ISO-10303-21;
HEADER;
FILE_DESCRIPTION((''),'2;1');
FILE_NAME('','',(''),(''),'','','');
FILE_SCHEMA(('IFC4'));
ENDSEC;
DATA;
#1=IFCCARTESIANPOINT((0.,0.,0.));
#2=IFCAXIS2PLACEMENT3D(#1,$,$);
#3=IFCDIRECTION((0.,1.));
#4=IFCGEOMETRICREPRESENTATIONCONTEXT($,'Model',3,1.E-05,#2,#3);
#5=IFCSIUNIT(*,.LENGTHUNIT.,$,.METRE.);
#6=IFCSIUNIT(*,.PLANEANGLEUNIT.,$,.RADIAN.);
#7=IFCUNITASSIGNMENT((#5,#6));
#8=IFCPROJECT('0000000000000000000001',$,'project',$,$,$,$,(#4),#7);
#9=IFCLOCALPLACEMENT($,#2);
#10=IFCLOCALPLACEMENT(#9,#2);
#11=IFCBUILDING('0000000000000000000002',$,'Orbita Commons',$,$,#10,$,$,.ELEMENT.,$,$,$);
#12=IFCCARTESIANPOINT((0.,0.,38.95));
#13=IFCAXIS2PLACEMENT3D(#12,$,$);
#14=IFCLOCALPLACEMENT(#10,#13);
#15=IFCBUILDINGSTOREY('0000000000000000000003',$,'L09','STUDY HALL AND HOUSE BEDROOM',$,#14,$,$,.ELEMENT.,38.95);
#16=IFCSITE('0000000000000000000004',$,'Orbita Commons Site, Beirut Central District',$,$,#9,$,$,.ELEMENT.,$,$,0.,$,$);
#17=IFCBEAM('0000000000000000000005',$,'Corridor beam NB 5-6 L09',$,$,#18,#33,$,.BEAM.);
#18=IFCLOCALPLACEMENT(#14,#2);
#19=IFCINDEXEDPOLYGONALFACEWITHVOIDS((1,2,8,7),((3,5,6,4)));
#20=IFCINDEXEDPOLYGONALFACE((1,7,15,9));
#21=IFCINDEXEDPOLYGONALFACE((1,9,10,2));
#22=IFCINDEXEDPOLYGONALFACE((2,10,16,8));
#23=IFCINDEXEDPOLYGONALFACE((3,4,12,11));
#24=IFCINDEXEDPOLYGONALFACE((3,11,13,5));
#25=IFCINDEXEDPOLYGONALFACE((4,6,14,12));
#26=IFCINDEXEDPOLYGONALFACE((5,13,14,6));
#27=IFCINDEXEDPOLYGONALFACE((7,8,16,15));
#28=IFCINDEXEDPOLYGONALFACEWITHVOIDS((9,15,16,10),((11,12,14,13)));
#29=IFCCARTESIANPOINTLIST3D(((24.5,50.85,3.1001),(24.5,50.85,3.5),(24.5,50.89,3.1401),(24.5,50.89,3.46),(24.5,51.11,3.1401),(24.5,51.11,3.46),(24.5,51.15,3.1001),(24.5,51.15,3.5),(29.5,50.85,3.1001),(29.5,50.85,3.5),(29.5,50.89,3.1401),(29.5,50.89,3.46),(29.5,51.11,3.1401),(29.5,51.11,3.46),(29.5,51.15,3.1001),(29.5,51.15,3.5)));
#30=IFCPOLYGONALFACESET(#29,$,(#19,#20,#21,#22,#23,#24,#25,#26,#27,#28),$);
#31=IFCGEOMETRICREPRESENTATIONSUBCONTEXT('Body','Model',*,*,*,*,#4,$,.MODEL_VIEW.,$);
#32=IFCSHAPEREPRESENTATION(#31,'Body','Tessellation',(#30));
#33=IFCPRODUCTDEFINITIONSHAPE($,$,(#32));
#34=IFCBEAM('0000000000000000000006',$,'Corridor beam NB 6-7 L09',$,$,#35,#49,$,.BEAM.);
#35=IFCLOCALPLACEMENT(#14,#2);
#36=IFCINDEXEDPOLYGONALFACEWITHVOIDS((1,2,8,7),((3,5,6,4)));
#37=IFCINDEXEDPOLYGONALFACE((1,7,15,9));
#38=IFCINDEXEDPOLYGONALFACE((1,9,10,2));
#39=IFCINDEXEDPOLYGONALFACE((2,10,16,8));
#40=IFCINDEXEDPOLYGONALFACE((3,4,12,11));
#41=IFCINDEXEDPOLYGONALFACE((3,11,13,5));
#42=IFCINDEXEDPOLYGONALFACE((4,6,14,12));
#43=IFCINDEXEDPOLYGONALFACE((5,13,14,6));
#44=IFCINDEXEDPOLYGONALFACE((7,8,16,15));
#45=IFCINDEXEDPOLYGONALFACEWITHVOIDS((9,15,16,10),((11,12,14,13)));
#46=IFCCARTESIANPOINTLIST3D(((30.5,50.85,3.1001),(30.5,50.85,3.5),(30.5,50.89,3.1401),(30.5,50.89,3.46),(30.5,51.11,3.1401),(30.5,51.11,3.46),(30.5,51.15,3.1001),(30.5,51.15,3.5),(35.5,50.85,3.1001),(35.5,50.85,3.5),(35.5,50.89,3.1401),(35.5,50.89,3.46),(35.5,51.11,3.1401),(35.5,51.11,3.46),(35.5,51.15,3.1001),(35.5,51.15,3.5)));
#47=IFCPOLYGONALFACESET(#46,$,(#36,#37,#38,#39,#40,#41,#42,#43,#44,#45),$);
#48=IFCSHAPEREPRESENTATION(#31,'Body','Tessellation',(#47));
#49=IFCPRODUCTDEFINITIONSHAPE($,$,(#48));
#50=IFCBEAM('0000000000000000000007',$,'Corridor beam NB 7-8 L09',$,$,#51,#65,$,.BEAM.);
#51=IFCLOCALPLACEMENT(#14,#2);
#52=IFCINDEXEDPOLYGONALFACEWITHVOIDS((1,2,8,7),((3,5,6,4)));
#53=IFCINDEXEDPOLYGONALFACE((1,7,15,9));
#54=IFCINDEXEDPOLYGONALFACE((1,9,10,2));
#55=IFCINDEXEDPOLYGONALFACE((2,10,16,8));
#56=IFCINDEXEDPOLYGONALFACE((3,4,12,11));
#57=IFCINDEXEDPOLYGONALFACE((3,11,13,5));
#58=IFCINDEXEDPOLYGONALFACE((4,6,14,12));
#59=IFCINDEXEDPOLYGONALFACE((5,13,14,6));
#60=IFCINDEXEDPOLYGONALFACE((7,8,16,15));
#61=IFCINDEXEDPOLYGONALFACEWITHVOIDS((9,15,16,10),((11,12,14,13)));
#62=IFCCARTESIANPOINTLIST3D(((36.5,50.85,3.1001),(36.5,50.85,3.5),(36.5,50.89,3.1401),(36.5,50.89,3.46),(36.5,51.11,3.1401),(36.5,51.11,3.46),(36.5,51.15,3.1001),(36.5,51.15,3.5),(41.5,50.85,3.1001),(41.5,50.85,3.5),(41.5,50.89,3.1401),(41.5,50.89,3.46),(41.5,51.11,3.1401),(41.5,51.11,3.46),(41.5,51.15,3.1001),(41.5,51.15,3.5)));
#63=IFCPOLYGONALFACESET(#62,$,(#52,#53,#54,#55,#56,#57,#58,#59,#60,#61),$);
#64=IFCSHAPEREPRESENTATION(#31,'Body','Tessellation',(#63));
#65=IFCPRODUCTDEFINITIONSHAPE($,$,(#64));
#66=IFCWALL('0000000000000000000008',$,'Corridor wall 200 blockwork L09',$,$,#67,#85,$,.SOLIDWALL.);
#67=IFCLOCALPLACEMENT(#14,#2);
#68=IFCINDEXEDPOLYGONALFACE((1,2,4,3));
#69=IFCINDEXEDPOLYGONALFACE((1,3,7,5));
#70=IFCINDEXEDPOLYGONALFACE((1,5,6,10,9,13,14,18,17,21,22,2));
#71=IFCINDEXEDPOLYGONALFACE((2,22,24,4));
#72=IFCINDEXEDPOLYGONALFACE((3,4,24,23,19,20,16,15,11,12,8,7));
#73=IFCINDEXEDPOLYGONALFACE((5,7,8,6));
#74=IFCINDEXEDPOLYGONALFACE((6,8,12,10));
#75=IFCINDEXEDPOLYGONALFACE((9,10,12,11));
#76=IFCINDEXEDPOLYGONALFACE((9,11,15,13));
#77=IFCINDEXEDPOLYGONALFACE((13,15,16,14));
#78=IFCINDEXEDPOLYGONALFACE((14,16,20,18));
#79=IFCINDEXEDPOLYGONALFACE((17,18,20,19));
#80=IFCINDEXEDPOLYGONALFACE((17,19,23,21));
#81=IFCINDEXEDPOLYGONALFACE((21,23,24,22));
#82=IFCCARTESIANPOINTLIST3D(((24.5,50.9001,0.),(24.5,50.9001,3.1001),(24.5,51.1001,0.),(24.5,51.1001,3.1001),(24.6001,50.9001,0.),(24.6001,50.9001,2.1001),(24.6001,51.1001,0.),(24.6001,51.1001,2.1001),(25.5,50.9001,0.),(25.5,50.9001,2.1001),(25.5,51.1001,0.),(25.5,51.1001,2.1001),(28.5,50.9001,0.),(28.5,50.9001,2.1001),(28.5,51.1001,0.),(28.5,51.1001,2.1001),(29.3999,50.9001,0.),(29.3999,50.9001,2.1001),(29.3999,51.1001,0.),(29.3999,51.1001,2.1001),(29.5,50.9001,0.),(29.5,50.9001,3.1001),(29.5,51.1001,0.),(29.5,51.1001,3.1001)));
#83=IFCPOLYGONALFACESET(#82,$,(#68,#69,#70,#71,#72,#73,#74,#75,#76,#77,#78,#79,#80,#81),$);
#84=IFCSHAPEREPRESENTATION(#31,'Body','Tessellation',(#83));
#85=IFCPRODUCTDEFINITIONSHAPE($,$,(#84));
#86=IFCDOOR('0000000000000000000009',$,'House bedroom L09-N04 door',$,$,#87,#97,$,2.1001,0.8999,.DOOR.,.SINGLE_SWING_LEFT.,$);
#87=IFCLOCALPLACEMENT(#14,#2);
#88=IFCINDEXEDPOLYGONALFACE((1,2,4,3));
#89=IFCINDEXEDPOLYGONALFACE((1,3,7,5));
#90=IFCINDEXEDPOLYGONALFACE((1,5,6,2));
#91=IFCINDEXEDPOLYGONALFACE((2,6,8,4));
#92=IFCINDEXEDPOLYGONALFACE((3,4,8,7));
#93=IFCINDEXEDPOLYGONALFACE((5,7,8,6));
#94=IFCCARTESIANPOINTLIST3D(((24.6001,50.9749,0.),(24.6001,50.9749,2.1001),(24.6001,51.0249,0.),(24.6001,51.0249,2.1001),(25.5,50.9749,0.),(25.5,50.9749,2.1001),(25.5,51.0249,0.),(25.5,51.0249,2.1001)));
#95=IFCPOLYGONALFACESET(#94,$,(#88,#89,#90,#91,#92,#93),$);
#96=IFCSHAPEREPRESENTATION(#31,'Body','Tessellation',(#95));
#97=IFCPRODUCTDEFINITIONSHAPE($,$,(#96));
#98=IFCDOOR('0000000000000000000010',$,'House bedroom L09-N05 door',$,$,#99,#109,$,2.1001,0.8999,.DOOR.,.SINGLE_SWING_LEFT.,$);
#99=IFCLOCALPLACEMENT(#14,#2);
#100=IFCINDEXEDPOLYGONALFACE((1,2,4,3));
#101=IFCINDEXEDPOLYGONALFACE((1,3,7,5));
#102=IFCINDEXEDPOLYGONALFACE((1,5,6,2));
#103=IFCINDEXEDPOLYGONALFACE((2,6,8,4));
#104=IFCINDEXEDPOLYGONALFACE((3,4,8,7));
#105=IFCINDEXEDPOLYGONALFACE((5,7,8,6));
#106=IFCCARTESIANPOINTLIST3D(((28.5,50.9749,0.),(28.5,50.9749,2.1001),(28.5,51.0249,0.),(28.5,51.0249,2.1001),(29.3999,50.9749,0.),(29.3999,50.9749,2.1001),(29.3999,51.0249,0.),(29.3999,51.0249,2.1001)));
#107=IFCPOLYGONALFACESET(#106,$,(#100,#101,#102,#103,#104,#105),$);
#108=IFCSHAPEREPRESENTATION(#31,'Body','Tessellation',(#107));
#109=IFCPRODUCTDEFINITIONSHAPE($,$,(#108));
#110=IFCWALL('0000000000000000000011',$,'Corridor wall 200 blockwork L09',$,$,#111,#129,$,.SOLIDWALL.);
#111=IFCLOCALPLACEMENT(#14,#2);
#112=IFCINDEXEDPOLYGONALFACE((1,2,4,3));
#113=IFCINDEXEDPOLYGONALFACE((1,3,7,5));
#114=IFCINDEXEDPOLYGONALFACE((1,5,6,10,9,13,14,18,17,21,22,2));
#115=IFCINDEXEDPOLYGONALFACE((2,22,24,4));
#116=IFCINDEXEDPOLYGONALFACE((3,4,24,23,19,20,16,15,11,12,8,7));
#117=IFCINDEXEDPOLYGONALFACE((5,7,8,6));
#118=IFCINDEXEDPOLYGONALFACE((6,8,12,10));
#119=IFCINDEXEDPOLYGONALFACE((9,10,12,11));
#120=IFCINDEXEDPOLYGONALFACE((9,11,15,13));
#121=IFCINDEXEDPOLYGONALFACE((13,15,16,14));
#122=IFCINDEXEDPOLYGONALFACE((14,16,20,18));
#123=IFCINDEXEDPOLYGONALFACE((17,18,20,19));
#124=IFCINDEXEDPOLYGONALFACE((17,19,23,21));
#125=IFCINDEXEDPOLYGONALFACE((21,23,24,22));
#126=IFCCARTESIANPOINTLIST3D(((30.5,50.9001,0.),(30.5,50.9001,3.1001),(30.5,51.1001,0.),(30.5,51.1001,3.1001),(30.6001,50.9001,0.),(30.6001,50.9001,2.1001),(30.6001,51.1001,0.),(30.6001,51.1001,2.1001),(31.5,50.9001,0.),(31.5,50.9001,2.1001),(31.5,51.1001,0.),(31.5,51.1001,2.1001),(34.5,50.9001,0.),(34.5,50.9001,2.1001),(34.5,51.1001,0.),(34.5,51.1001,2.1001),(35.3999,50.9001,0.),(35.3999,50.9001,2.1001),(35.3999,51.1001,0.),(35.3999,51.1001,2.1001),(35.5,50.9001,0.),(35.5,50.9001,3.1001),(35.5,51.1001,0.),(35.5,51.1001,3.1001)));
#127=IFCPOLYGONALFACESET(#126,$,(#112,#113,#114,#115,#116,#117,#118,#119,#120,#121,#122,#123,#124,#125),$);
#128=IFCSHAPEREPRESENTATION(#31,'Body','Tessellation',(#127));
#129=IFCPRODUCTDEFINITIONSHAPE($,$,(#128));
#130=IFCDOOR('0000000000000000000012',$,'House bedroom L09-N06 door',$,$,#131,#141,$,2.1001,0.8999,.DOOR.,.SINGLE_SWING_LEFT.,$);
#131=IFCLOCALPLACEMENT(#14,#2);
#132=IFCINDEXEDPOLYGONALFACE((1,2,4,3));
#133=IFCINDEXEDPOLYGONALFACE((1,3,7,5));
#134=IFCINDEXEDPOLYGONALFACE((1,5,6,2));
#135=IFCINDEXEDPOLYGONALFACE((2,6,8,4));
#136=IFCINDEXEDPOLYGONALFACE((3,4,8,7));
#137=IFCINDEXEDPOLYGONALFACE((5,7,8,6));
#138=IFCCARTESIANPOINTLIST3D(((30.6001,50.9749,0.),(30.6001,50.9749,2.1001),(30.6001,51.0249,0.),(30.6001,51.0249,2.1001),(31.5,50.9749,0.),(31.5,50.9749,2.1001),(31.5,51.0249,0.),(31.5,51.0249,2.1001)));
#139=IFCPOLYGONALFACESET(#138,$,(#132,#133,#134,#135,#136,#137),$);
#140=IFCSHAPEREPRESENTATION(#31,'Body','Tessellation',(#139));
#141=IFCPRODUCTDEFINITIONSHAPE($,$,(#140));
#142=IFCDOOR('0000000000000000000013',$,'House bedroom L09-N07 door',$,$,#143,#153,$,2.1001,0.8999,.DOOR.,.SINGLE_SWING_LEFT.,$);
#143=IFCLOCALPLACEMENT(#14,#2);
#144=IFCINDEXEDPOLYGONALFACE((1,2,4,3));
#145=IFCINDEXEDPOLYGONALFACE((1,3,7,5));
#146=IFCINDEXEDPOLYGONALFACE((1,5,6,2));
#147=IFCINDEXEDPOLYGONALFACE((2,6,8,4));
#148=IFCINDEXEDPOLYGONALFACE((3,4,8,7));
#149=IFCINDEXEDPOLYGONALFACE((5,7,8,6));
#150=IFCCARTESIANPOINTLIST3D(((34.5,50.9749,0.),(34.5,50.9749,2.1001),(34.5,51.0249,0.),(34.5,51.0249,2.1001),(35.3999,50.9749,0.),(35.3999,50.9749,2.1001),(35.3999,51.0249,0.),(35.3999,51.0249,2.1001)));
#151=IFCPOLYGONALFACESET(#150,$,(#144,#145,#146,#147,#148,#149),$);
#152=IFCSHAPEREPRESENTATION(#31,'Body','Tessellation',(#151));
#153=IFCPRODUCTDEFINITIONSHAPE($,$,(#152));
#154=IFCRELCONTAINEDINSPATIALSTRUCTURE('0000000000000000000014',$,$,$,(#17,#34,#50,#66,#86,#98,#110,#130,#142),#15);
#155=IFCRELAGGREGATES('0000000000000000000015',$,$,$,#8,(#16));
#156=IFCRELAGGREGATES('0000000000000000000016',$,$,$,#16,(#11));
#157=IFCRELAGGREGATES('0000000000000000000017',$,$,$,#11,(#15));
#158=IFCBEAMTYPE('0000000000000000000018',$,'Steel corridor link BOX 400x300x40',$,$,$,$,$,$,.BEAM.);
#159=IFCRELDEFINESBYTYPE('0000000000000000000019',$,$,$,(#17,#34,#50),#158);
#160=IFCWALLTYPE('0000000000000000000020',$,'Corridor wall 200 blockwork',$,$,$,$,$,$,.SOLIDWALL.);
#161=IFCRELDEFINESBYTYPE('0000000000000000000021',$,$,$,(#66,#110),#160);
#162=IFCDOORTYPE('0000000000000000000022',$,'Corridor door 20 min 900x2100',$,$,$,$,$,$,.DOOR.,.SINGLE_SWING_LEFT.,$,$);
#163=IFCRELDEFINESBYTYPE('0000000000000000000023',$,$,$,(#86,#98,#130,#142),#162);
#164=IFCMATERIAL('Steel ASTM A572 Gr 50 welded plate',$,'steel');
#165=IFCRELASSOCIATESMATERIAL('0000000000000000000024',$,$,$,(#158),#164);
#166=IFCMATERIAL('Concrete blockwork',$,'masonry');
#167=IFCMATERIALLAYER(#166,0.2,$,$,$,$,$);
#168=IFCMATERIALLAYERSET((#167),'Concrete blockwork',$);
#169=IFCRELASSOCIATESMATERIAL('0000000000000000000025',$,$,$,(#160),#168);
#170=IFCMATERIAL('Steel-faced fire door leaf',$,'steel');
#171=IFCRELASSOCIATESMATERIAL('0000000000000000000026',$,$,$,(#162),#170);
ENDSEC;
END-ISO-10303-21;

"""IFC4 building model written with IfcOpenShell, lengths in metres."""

from ifc_helpers import new_model, si_unit, direction, frame, frame_2d, origin, origin_2d, place, context, subcontext, project, spatial, polyline, rectangle, hollow_rectangle, outline, extrude, material, layer, layer_set, material_profile, profile_set, type_object, element, fill, save


model = new_model("IFC4")

# Units and contexts
model_context = context("Model", 3, precision=1e-05, world=origin(), true_north=direction((0.0, 1.0)))
body_context = subcontext(model_context, "Body", "Model", "MODEL_VIEW")
ifc_project = project(units=[si_unit("LENGTHUNIT", "METRE"), si_unit("PLANEANGLEUNIT", "RADIAN")], contexts=[model_context])

# Site, building, storey
site_placement = place(None, origin())
site = spatial("IfcSite", under=ifc_project, at=site_placement, Name="Orbita Commons Site, Beirut Central District", CompositionType="ELEMENT", RefElevation=0.0)
building_placement = place(site_placement, origin())
building = spatial("IfcBuilding", under=site, at=building_placement, Name="Orbita Commons", CompositionType="ELEMENT")
storey_placement = place(building_placement, frame((0.0, 0.0, 38.95)))
storey = spatial("IfcBuildingStorey", under=building, at=storey_placement, Name="L09", Description="STUDY HALL AND HOUSE BEDROOM", CompositionType="ELEMENT", Elevation=38.95)

# Beams
ifc_material_1 = material(Name="Steel ASTM A572 Gr 50 welded plate", Category="steel")
ifc_material_profile = material_profile(ifc_material_1, hollow_rectangle(XDim=0.3, YDim=0.3999, WallThickness=0.04, at=origin_2d()), Name="BOX 400x300x40")
ifc_profile_set = profile_set([ifc_material_profile], Name="Steel ASTM A572 Gr 50 welded plate")
beam_type = type_object("IfcBeamType", Name="Steel corridor link BOX 400x300x40", PredefinedType="BEAM", material=ifc_profile_set)
for number, where, z_axis, x_axis, name in (
    (1, (24.5, 51.0, 3.3), (1.0, 0.0, 0.0), (0.0, 1.0, 0.0), "Corridor beam NB 5-6 L09"),
    (2, (30.5, 51.0, 3.3), (1.0, 0.0, 0.0), (0.0, 1.0, 0.0), "Corridor beam NB 6-7 L09"),
    (3, (36.5, 51.0, 3.3), (1.0, 0.0, 0.0), (0.0, 1.0, 0.0), "Corridor beam NB 7-8 L09"),
):
    element("IfcBeam", number, at=place(storey_placement, frame(where, z_axis=z_axis, x_axis=x_axis)), inside=storey, type_object=beam_type, Name=name, PredefinedType="BEAM", context=body_context, shape_type="SweptSolid", body=[
        extrude(hollow_rectangle(XDim=0.3, YDim=0.3999, WallThickness=0.04, at=origin_2d()), origin(), (0.0, 0.0, 1.0), 5.0),
    ])

# Walls, openings, doors
ifc_material_2 = material(Name="Concrete blockwork", Category="masonry")
ifc_layer_1 = layer(ifc_material_2, 0.2)
ifc_layer_set_1 = layer_set([ifc_layer_1], Name="Concrete blockwork")
wall_type_1 = type_object("IfcWallType", Name="Corridor wall 200 blockwork", PredefinedType="SOLIDWALL", material=ifc_layer_set_1)
wall_1_placement = place(storey_placement, frame((24.5, 51.0, 0.0), z_axis=(0.0, 0.0, 1.0), x_axis=(1.0, 0.0, 0.0)))
wall_1 = element("IfcWall", 4, at=wall_1_placement, inside=storey, type_object=wall_type_1, Name="Corridor wall 200 blockwork L09", PredefinedType="SOLIDWALL", context=body_context, shape_type="SweptSolid", body=[
    extrude(outline(polyline([(0.0, 0.0), (5.0, 0.0), (5.0, 3.1001), (0.0, 3.1001), (0.0, 0.0)])), frame((0.0, 0.1001, 0.0), z_axis=(0.0, -1.0, 0.0), x_axis=(1.0, 0.0, 0.0)), (0.0, 0.0, 1.0), 0.2),
])
opening_1_placement = place(wall_1_placement, frame((0.1001, 0.0, 0.0)))
opening_1 = element("IfcOpeningElement", 5, at=opening_1_placement, cuts=wall_1, PredefinedType="OPENING", context=body_context, shape_type="SweptSolid", body=[
    extrude(rectangle(XDim=0.8999, YDim=2.1001, at=frame_2d((0.45, 1.05))), frame((0.0, 0.1099, 0.0), z_axis=(0.0, -1.0, 0.0), x_axis=(1.0, 0.0, 0.0)), (0.0, 0.0, 1.0), 0.22),
])
opening_2_placement = place(wall_1_placement, frame((4.0, 0.0, 0.0)))
opening_2 = element("IfcOpeningElement", 6, at=opening_2_placement, cuts=wall_1, PredefinedType="OPENING", context=body_context, shape_type="SweptSolid", body=[
    extrude(rectangle(XDim=0.8999, YDim=2.1001, at=frame_2d((0.45, 1.05))), frame((0.0, 0.1099, 0.0), z_axis=(0.0, -1.0, 0.0), x_axis=(1.0, 0.0, 0.0)), (0.0, 0.0, 1.0), 0.22),
])
ifc_material_3 = material(Name="Steel-faced fire door leaf", Category="steel")
door_type_1 = type_object("IfcDoorType", Name="Corridor door 20 min 900x2100", OperationType="SINGLE_SWING_LEFT", PredefinedType="DOOR", material=ifc_material_3)
door_1_placement = place(opening_1_placement, origin())
door_1 = element("IfcDoor", 7, at=door_1_placement, inside=storey, type_object=door_type_1, Name="House bedroom L09-N04 door", OperationType="SINGLE_SWING_LEFT", OverallHeight=2.1001, OverallWidth=0.8999, PredefinedType="DOOR", context=body_context, shape_type="SweptSolid", body=[
    extrude(rectangle(XDim=0.8999, YDim=2.1001, at=frame_2d((0.45, 1.05))), frame((0.0, 0.0249, 0.0), z_axis=(0.0, -1.0, 0.0), x_axis=(1.0, 0.0, 0.0)), (0.0, 0.0, 1.0), 0.05),
])
fill(opening_1, door_1)
door_2_placement = place(opening_2_placement, origin())
door_2 = element("IfcDoor", 8, at=door_2_placement, inside=storey, type_object=door_type_1, Name="House bedroom L09-N05 door", OperationType="SINGLE_SWING_LEFT", OverallHeight=2.1001, OverallWidth=0.8999, PredefinedType="DOOR", context=body_context, shape_type="SweptSolid", body=[
    extrude(rectangle(XDim=0.8999, YDim=2.1001, at=frame_2d((0.45, 1.05))), frame((0.0, 0.0249, 0.0), z_axis=(0.0, -1.0, 0.0), x_axis=(1.0, 0.0, 0.0)), (0.0, 0.0, 1.0), 0.05),
])
fill(opening_2, door_2)
wall_2_placement = place(storey_placement, frame((30.5, 51.0, 0.0), z_axis=(0.0, 0.0, 1.0), x_axis=(1.0, 0.0, 0.0)))
wall_2 = element("IfcWall", 9, at=wall_2_placement, inside=storey, type_object=wall_type_1, Name="Corridor wall 200 blockwork L09", PredefinedType="SOLIDWALL", context=body_context, shape_type="SweptSolid", body=[
    extrude(outline(polyline([(0.0, 0.0), (5.0, 0.0), (5.0, 3.1001), (0.0, 3.1001), (0.0, 0.0)])), frame((0.0, 0.1001, 0.0), z_axis=(0.0, -1.0, 0.0), x_axis=(1.0, 0.0, 0.0)), (0.0, 0.0, 1.0), 0.2),
])
opening_3_placement = place(wall_2_placement, frame((0.1001, 0.0, 0.0)))
opening_3 = element("IfcOpeningElement", 10, at=opening_3_placement, cuts=wall_2, PredefinedType="OPENING", context=body_context, shape_type="SweptSolid", body=[
    extrude(rectangle(XDim=0.8999, YDim=2.1001, at=frame_2d((0.45, 1.05))), frame((0.0, 0.1099, 0.0), z_axis=(0.0, -1.0, 0.0), x_axis=(1.0, 0.0, 0.0)), (0.0, 0.0, 1.0), 0.22),
])
opening_4_placement = place(wall_2_placement, frame((4.0, 0.0, 0.0)))
opening_4 = element("IfcOpeningElement", 11, at=opening_4_placement, cuts=wall_2, PredefinedType="OPENING", context=body_context, shape_type="SweptSolid", body=[
    extrude(rectangle(XDim=0.8999, YDim=2.1001, at=frame_2d((0.45, 1.05))), frame((0.0, 0.1099, 0.0), z_axis=(0.0, -1.0, 0.0), x_axis=(1.0, 0.0, 0.0)), (0.0, 0.0, 1.0), 0.22),
])
door_3_placement = place(opening_3_placement, origin())
door_3 = element("IfcDoor", 12, at=door_3_placement, inside=storey, type_object=door_type_1, Name="House bedroom L09-N06 door", OperationType="SINGLE_SWING_LEFT", OverallHeight=2.1001, OverallWidth=0.8999, PredefinedType="DOOR", context=body_context, shape_type="SweptSolid", body=[
    extrude(rectangle(XDim=0.8999, YDim=2.1001, at=frame_2d((0.45, 1.05))), frame((0.0, 0.0249, 0.0), z_axis=(0.0, -1.0, 0.0), x_axis=(1.0, 0.0, 0.0)), (0.0, 0.0, 1.0), 0.05),
])
fill(opening_3, door_3)
door_4_placement = place(opening_4_placement, origin())
door_4 = element("IfcDoor", 13, at=door_4_placement, inside=storey, type_object=door_type_1, Name="House bedroom L09-N07 door", OperationType="SINGLE_SWING_LEFT", OverallHeight=2.1001, OverallWidth=0.8999, PredefinedType="DOOR", context=body_context, shape_type="SweptSolid", body=[
    extrude(rectangle(XDim=0.8999, YDim=2.1001, at=frame_2d((0.45, 1.05))), frame((0.0, 0.0249, 0.0), z_axis=(0.0, -1.0, 0.0), x_axis=(1.0, 0.0, 0.0)), (0.0, 0.0, 1.0), 0.05),
])
fill(opening_4, door_4)

save(model, "model.ifc")
